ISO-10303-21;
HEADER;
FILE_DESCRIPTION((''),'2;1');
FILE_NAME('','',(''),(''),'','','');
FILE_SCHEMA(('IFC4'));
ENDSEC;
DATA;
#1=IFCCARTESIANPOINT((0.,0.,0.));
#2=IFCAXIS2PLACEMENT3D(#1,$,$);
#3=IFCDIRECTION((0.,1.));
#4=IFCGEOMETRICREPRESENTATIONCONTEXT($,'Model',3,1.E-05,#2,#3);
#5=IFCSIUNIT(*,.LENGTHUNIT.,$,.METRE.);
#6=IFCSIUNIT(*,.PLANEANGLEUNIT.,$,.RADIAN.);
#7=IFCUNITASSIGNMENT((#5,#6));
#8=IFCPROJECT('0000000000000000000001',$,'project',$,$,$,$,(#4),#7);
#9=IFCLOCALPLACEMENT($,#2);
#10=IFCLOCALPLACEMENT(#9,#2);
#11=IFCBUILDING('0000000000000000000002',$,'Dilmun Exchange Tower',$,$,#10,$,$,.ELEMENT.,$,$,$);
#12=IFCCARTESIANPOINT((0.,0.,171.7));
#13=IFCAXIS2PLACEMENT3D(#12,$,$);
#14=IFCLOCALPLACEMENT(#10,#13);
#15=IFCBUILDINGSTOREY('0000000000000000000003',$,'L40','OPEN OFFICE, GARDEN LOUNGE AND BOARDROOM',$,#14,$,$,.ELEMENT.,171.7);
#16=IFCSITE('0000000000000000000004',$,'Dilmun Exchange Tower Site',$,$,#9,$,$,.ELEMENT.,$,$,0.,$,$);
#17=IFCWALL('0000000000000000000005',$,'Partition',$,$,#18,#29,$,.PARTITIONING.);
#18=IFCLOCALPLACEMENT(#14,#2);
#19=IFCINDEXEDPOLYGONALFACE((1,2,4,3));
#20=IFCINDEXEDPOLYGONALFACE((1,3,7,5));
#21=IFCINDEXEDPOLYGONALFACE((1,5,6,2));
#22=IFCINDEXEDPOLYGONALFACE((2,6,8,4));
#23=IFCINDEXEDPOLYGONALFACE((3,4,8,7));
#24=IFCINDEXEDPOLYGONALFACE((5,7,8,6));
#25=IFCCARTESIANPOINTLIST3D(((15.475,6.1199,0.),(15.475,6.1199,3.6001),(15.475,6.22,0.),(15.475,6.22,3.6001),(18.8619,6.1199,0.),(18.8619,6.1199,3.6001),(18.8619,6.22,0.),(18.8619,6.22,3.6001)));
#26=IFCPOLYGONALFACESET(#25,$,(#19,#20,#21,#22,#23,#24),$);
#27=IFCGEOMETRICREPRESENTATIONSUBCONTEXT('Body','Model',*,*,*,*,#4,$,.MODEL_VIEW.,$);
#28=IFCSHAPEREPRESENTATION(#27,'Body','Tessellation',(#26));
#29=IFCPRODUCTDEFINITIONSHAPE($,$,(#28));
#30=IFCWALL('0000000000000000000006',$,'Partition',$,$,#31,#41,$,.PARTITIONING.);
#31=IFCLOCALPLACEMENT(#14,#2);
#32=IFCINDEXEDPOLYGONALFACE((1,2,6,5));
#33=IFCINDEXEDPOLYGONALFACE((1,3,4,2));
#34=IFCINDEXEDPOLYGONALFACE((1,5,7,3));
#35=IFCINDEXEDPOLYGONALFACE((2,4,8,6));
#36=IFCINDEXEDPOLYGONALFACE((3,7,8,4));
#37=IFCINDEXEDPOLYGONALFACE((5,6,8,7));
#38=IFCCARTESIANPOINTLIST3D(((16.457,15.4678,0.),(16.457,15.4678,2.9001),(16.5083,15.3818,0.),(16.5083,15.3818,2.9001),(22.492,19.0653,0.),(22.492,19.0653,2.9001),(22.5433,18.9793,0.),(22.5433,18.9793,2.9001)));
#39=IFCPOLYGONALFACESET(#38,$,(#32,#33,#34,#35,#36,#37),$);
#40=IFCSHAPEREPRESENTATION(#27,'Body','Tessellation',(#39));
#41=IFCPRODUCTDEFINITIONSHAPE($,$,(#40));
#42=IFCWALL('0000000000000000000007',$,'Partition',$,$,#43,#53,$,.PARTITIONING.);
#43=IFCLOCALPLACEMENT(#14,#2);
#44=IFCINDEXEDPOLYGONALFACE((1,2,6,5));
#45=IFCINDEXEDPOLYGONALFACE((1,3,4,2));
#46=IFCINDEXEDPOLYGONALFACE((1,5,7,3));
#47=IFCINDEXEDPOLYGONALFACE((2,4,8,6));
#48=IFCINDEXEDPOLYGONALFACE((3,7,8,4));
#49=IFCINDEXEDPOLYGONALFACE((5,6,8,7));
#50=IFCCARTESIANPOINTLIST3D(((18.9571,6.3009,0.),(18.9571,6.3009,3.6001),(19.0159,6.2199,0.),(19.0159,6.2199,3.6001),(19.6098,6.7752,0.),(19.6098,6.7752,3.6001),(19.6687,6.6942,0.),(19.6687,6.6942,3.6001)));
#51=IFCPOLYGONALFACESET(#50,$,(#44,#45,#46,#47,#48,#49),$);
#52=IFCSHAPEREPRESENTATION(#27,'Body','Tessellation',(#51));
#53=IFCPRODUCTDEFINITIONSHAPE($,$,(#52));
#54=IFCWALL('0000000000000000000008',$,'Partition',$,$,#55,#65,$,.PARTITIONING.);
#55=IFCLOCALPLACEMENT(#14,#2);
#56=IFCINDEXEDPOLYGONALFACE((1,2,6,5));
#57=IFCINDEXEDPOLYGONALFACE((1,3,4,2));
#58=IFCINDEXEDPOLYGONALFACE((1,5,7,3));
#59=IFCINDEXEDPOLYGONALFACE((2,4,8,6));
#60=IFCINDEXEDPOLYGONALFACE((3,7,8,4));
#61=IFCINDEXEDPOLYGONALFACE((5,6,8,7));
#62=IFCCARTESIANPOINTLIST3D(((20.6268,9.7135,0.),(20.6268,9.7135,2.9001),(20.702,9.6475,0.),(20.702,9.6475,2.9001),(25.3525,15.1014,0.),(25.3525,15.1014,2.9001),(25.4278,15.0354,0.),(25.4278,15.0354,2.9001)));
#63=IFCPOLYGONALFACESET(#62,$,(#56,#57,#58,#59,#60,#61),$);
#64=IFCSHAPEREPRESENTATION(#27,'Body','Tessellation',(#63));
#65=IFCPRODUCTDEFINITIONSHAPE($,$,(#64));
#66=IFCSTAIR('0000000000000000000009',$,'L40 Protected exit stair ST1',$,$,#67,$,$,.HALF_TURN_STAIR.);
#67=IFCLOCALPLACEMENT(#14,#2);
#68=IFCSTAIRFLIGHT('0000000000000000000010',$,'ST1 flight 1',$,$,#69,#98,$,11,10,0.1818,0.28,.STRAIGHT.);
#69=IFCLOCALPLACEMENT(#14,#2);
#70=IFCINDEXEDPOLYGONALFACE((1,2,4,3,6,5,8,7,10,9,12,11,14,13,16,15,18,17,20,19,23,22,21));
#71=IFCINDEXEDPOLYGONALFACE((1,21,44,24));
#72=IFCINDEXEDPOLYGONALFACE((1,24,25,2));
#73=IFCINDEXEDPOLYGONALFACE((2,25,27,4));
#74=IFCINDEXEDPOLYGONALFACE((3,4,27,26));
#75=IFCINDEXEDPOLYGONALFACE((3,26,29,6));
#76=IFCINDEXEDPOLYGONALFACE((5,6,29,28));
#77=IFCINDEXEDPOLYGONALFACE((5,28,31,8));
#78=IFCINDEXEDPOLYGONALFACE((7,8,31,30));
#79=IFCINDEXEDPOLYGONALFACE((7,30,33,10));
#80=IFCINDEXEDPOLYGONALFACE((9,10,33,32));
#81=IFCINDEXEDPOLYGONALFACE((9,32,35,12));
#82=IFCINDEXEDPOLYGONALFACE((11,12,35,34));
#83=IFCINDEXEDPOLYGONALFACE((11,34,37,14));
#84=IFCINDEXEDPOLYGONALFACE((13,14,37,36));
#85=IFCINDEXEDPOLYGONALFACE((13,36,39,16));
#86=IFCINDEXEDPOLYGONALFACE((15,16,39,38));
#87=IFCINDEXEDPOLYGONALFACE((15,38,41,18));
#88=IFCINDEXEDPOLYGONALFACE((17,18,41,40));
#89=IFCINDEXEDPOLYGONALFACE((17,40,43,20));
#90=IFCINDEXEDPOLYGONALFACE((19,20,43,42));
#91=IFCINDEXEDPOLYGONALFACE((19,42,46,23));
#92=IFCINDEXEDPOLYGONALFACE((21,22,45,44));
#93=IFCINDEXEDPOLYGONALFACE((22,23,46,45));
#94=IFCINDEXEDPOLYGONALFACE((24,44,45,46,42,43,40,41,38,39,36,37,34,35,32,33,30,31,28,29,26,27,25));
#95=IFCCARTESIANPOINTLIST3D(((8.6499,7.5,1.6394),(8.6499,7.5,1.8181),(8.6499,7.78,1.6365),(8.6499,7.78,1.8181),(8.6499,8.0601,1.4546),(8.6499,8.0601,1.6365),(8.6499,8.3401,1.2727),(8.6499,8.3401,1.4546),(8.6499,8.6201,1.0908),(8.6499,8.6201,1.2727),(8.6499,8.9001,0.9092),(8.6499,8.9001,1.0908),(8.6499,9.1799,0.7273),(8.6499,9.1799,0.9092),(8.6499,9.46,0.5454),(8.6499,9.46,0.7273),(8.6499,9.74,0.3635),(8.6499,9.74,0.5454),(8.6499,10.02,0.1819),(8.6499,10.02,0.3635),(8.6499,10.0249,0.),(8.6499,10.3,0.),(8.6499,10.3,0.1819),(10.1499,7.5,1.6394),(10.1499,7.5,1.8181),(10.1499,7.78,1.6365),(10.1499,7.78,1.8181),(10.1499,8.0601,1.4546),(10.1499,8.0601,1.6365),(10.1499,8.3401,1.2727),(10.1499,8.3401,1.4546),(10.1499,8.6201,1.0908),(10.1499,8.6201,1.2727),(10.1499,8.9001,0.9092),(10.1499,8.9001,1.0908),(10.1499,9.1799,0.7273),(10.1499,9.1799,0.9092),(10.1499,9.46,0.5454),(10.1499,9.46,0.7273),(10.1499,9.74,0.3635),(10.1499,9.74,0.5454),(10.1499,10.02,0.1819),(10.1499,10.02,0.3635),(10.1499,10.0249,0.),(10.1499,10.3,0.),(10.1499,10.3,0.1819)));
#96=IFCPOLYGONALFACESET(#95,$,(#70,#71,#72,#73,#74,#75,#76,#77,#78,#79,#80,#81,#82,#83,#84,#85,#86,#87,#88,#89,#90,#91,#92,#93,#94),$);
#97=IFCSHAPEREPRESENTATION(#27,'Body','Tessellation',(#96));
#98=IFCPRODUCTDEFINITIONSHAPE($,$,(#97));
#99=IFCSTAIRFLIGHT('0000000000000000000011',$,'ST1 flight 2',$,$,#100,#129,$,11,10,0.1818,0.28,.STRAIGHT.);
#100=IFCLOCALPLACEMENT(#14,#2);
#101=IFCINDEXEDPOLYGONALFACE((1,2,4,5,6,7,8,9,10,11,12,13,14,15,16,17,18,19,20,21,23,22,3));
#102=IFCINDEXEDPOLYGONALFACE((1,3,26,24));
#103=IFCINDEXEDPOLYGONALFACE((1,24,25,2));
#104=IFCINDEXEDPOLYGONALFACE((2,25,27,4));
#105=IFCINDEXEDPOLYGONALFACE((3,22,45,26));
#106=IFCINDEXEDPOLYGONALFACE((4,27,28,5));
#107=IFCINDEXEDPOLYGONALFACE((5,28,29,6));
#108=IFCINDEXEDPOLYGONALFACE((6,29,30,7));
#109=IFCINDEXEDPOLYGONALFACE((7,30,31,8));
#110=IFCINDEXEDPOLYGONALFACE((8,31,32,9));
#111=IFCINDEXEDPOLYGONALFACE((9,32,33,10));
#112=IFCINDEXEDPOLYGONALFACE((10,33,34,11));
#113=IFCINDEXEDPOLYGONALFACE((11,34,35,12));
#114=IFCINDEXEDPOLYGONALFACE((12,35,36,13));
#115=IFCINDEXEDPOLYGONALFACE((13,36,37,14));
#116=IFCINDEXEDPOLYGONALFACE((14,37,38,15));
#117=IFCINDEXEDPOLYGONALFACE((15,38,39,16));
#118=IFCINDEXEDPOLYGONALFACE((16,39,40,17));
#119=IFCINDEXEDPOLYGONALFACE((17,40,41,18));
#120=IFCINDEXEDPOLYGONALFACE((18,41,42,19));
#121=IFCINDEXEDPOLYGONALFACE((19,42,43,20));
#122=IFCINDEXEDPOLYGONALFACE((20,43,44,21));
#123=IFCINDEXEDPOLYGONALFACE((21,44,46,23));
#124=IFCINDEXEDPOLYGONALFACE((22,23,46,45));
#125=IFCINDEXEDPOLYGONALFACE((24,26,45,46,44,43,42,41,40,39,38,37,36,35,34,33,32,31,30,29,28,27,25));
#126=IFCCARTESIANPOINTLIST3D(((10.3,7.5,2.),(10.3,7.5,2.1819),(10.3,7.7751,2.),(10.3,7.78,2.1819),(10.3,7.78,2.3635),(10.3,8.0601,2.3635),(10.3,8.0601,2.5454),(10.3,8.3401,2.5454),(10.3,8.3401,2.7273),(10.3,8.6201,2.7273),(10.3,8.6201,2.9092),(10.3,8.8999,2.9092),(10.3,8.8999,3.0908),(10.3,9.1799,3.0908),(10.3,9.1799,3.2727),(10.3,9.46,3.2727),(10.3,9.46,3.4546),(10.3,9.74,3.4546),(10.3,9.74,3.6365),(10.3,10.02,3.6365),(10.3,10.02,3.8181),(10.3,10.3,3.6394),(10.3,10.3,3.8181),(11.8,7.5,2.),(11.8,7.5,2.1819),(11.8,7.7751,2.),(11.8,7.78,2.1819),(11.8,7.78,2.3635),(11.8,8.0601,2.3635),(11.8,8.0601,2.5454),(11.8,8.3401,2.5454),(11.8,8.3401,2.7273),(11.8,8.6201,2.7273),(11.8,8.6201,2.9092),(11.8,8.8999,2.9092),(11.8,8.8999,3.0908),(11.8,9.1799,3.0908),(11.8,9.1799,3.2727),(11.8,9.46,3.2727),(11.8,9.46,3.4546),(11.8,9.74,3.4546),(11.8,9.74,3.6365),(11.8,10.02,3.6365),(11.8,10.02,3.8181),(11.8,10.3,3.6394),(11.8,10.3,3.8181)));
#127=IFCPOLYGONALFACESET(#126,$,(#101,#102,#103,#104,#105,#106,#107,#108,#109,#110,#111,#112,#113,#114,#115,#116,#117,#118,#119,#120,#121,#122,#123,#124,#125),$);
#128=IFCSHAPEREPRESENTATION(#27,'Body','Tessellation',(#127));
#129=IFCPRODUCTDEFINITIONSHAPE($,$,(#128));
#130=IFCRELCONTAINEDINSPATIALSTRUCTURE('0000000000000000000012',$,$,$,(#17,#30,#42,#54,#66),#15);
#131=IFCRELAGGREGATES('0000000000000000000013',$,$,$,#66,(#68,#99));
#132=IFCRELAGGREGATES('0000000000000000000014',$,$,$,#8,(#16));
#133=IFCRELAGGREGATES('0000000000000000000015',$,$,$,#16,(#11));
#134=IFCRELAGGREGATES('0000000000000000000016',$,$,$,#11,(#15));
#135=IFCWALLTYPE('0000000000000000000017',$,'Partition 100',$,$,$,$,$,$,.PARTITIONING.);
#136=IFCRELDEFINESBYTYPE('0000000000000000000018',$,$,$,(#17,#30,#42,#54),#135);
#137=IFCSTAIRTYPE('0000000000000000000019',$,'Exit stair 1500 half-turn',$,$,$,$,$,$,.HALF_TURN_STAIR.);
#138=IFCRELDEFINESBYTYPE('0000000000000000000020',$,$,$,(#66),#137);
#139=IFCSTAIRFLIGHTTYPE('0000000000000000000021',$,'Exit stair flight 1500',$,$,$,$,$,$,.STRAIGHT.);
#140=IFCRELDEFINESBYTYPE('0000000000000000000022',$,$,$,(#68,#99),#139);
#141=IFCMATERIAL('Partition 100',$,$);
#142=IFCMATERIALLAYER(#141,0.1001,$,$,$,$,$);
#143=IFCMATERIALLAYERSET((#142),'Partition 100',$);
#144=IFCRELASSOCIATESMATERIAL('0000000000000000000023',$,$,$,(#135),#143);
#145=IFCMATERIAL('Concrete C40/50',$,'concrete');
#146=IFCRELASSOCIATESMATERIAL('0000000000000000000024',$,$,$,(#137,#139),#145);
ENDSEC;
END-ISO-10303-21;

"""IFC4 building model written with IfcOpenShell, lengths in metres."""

from ifc_helpers import new_model, si_unit, direction, frame, frame_2d, origin, place, context, subcontext, project, spatial, polyline, rectangle, outline, extrude, material, layer, layer_set, type_object, element, aggregate, save


model = new_model("IFC4")

# Units and contexts
model_context = context("Model", 3, precision=1e-05, world=origin(), true_north=direction((0.0, 1.0)))
body_context = subcontext(model_context, "Body", "Model", "MODEL_VIEW")
ifc_project = project(units=[si_unit("LENGTHUNIT", "METRE"), si_unit("PLANEANGLEUNIT", "RADIAN")], contexts=[model_context])

# Site, building, storey
site_placement = place(None, origin())
site = spatial("IfcSite", under=ifc_project, at=site_placement, Name="Dilmun Exchange Tower Site", CompositionType="ELEMENT", RefElevation=0.0)
building_placement = place(site_placement, origin())
building = spatial("IfcBuilding", under=site, at=building_placement, Name="Dilmun Exchange Tower", CompositionType="ELEMENT")
storey_placement = place(building_placement, frame((0.0, 0.0, 171.7)))
storey = spatial("IfcBuildingStorey", under=building, at=storey_placement, Name="L40", Description="OPEN OFFICE, GARDEN LOUNGE AND BOARDROOM", CompositionType="ELEMENT", Elevation=171.7)

# Shared definitions
ifc_material_1 = material(Name="Concrete C40/50", Category="concrete")

# Walls
ifc_material_2 = material(Name="Partition 100")
ifc_layer_1 = layer(ifc_material_2, 0.1001)
ifc_layer_set_1 = layer_set([ifc_layer_1], Name="Partition 100")
wall_type_1 = type_object("IfcWallType", Name="Partition 100", PredefinedType="PARTITIONING", material=ifc_layer_set_1)
wall_1_placement = place(storey_placement, frame((15.4751, 6.1699, 0.0), z_axis=(0.0, 0.0, 1.0), x_axis=(1.0, 0.0, 0.0)))
element("IfcWall", 1, at=wall_1_placement, inside=storey, type_object=wall_type_1, Name="Partition", PredefinedType="PARTITIONING", context=body_context, shape_type="SweptSolid", body=[
    extrude(rectangle(XDim=3.387, YDim=0.1001, at=frame_2d((1.6934, 0.0))), origin(), (0.0, 0.0, 1.0), 3.6001),
])
wall_2_placement = place(storey_placement, frame((16.4827, 15.4248, 0.0), z_axis=(0.0, 0.0, 1.0), x_axis=(0.858967, 0.512031, 0.0)))
element("IfcWall", 2, at=wall_2_placement, inside=storey, type_object=wall_type_1, Name="Partition", PredefinedType="PARTITIONING", context=body_context, shape_type="SweptSolid", body=[
    extrude(rectangle(XDim=7.0259, YDim=0.1001, at=frame_2d((3.5129, 0.0))), origin(), (0.0, 0.0, 1.0), 2.9001),
])
wall_3_placement = place(storey_placement, frame((18.9866, 6.2605, 0.0), z_axis=(0.0, 0.0, 1.0), x_axis=(0.808985, 0.58783, 0.0)))
element("IfcWall", 3, at=wall_3_placement, inside=storey, type_object=wall_type_1, Name="Partition", PredefinedType="PARTITIONING", context=body_context, shape_type="SweptSolid", body=[
    extrude(rectangle(XDim=0.8069, YDim=0.1001, at=frame_2d((0.4033, 0.0))), origin(), (0.0, 0.0, 1.0), 3.6001),
])
wall_4_placement = place(storey_placement, frame((20.6643, 9.6804, 0.0), z_axis=(0.0, 0.0, 1.0), x_axis=(0.659404, 0.751789, 0.0)))
element("IfcWall", 4, at=wall_4_placement, inside=storey, type_object=wall_type_1, Name="Partition", PredefinedType="PARTITIONING", context=body_context, shape_type="SweptSolid", body=[
    extrude(rectangle(XDim=7.1667, YDim=0.1001, at=frame_2d((3.5835, 0.0))), origin(), (0.0, 0.0, 1.0), 2.9001),
])

# Stair, stair flights
stair_type = type_object("IfcStairType", Name="Exit stair 1500 half-turn", PredefinedType="HALF_TURN_STAIR", material=ifc_material_1)
stair_placement = place(storey_placement, origin())
stair = element("IfcStair", 5, at=stair_placement, inside=storey, type_object=stair_type, Name="L40 Protected exit stair ST1", PredefinedType="HALF_TURN_STAIR")
stair_flight_type = type_object("IfcStairFlightType", Name="Exit stair flight 1500", PredefinedType="STRAIGHT", material=ifc_material_1)
stair_flight_1_placement = place(storey_placement, frame((9.3999, 10.3, 0.0), z_axis=(0.0, 0.0, 1.0), x_axis=(0.0, -1.0, 0.0)))
stair_flight_1 = element("IfcStairFlight", 6, at=stair_flight_1_placement, type_object=stair_flight_type, Name="ST1 flight 1", NumberOfRisers=11, NumberOfTreads=10, PredefinedType="STRAIGHT", RiserHeight=0.1818, TreadLength=0.28, context=body_context, shape_type="SweptSolid", body=[
    extrude(outline(polyline([(0.0, 0.0), (0.0, 0.1819), (0.28, 0.1819), (0.28, 0.3635), (0.5601, 0.3635), (0.5601, 0.5454), (0.8401, 0.5454), (0.8401, 0.7273), (1.1201, 0.7273), (1.1201, 0.9092), (1.3999, 0.9092), (1.3999, 1.0908), (1.6799, 1.0908), (1.6799, 1.2727), (1.96, 1.2727), (1.96, 1.4546), (2.24, 1.4546), (2.24, 1.6365), (2.52, 1.6365), (2.52, 1.8181), (2.8, 1.8181), (2.8, 2.0), (2.8, 1.6394), (0.2751, 0.0), (0.0, 0.0)])), frame((0.0, 0.75, 0.0), z_axis=(0.0, -1.0, 0.0), x_axis=(1.0, 0.0, 0.0)), (0.0, 0.0, 1.0), 1.5),
])
stair_flight_2_placement = place(storey_placement, frame((11.05, 7.5, 2.0), z_axis=(0.0, 0.0, 1.0), x_axis=(0.0, 1.0, 0.0)))
stair_flight_2 = element("IfcStairFlight", 7, at=stair_flight_2_placement, type_object=stair_flight_type, Name="ST1 flight 2", NumberOfRisers=11, NumberOfTreads=10, PredefinedType="STRAIGHT", RiserHeight=0.1818, TreadLength=0.28, context=body_context, shape_type="SweptSolid", body=[
    extrude(outline(polyline([(0.0, 0.0), (0.0, 0.1819), (0.28, 0.1819), (0.28, 0.3635), (0.5601, 0.3635), (0.5601, 0.5454), (0.8401, 0.5454), (0.8401, 0.7273), (1.1201, 0.7273), (1.1201, 0.9092), (1.3999, 0.9092), (1.3999, 1.0908), (1.6799, 1.0908), (1.6799, 1.2727), (1.96, 1.2727), (1.96, 1.4546), (2.24, 1.4546), (2.24, 1.6365), (2.52, 1.6365), (2.52, 1.8181), (2.8, 1.8181), (2.8, 2.0), (2.8, 1.6394), (0.2751, 0.0), (0.0, 0.0)])), frame((0.0, 0.75, 0.0), z_axis=(0.0, -1.0, 0.0), x_axis=(1.0, 0.0, 0.0)), (0.0, 0.0, 1.0), 1.5),
])
aggregate(stair, [stair_flight_1, stair_flight_2])

save(model, "model.ifc")
